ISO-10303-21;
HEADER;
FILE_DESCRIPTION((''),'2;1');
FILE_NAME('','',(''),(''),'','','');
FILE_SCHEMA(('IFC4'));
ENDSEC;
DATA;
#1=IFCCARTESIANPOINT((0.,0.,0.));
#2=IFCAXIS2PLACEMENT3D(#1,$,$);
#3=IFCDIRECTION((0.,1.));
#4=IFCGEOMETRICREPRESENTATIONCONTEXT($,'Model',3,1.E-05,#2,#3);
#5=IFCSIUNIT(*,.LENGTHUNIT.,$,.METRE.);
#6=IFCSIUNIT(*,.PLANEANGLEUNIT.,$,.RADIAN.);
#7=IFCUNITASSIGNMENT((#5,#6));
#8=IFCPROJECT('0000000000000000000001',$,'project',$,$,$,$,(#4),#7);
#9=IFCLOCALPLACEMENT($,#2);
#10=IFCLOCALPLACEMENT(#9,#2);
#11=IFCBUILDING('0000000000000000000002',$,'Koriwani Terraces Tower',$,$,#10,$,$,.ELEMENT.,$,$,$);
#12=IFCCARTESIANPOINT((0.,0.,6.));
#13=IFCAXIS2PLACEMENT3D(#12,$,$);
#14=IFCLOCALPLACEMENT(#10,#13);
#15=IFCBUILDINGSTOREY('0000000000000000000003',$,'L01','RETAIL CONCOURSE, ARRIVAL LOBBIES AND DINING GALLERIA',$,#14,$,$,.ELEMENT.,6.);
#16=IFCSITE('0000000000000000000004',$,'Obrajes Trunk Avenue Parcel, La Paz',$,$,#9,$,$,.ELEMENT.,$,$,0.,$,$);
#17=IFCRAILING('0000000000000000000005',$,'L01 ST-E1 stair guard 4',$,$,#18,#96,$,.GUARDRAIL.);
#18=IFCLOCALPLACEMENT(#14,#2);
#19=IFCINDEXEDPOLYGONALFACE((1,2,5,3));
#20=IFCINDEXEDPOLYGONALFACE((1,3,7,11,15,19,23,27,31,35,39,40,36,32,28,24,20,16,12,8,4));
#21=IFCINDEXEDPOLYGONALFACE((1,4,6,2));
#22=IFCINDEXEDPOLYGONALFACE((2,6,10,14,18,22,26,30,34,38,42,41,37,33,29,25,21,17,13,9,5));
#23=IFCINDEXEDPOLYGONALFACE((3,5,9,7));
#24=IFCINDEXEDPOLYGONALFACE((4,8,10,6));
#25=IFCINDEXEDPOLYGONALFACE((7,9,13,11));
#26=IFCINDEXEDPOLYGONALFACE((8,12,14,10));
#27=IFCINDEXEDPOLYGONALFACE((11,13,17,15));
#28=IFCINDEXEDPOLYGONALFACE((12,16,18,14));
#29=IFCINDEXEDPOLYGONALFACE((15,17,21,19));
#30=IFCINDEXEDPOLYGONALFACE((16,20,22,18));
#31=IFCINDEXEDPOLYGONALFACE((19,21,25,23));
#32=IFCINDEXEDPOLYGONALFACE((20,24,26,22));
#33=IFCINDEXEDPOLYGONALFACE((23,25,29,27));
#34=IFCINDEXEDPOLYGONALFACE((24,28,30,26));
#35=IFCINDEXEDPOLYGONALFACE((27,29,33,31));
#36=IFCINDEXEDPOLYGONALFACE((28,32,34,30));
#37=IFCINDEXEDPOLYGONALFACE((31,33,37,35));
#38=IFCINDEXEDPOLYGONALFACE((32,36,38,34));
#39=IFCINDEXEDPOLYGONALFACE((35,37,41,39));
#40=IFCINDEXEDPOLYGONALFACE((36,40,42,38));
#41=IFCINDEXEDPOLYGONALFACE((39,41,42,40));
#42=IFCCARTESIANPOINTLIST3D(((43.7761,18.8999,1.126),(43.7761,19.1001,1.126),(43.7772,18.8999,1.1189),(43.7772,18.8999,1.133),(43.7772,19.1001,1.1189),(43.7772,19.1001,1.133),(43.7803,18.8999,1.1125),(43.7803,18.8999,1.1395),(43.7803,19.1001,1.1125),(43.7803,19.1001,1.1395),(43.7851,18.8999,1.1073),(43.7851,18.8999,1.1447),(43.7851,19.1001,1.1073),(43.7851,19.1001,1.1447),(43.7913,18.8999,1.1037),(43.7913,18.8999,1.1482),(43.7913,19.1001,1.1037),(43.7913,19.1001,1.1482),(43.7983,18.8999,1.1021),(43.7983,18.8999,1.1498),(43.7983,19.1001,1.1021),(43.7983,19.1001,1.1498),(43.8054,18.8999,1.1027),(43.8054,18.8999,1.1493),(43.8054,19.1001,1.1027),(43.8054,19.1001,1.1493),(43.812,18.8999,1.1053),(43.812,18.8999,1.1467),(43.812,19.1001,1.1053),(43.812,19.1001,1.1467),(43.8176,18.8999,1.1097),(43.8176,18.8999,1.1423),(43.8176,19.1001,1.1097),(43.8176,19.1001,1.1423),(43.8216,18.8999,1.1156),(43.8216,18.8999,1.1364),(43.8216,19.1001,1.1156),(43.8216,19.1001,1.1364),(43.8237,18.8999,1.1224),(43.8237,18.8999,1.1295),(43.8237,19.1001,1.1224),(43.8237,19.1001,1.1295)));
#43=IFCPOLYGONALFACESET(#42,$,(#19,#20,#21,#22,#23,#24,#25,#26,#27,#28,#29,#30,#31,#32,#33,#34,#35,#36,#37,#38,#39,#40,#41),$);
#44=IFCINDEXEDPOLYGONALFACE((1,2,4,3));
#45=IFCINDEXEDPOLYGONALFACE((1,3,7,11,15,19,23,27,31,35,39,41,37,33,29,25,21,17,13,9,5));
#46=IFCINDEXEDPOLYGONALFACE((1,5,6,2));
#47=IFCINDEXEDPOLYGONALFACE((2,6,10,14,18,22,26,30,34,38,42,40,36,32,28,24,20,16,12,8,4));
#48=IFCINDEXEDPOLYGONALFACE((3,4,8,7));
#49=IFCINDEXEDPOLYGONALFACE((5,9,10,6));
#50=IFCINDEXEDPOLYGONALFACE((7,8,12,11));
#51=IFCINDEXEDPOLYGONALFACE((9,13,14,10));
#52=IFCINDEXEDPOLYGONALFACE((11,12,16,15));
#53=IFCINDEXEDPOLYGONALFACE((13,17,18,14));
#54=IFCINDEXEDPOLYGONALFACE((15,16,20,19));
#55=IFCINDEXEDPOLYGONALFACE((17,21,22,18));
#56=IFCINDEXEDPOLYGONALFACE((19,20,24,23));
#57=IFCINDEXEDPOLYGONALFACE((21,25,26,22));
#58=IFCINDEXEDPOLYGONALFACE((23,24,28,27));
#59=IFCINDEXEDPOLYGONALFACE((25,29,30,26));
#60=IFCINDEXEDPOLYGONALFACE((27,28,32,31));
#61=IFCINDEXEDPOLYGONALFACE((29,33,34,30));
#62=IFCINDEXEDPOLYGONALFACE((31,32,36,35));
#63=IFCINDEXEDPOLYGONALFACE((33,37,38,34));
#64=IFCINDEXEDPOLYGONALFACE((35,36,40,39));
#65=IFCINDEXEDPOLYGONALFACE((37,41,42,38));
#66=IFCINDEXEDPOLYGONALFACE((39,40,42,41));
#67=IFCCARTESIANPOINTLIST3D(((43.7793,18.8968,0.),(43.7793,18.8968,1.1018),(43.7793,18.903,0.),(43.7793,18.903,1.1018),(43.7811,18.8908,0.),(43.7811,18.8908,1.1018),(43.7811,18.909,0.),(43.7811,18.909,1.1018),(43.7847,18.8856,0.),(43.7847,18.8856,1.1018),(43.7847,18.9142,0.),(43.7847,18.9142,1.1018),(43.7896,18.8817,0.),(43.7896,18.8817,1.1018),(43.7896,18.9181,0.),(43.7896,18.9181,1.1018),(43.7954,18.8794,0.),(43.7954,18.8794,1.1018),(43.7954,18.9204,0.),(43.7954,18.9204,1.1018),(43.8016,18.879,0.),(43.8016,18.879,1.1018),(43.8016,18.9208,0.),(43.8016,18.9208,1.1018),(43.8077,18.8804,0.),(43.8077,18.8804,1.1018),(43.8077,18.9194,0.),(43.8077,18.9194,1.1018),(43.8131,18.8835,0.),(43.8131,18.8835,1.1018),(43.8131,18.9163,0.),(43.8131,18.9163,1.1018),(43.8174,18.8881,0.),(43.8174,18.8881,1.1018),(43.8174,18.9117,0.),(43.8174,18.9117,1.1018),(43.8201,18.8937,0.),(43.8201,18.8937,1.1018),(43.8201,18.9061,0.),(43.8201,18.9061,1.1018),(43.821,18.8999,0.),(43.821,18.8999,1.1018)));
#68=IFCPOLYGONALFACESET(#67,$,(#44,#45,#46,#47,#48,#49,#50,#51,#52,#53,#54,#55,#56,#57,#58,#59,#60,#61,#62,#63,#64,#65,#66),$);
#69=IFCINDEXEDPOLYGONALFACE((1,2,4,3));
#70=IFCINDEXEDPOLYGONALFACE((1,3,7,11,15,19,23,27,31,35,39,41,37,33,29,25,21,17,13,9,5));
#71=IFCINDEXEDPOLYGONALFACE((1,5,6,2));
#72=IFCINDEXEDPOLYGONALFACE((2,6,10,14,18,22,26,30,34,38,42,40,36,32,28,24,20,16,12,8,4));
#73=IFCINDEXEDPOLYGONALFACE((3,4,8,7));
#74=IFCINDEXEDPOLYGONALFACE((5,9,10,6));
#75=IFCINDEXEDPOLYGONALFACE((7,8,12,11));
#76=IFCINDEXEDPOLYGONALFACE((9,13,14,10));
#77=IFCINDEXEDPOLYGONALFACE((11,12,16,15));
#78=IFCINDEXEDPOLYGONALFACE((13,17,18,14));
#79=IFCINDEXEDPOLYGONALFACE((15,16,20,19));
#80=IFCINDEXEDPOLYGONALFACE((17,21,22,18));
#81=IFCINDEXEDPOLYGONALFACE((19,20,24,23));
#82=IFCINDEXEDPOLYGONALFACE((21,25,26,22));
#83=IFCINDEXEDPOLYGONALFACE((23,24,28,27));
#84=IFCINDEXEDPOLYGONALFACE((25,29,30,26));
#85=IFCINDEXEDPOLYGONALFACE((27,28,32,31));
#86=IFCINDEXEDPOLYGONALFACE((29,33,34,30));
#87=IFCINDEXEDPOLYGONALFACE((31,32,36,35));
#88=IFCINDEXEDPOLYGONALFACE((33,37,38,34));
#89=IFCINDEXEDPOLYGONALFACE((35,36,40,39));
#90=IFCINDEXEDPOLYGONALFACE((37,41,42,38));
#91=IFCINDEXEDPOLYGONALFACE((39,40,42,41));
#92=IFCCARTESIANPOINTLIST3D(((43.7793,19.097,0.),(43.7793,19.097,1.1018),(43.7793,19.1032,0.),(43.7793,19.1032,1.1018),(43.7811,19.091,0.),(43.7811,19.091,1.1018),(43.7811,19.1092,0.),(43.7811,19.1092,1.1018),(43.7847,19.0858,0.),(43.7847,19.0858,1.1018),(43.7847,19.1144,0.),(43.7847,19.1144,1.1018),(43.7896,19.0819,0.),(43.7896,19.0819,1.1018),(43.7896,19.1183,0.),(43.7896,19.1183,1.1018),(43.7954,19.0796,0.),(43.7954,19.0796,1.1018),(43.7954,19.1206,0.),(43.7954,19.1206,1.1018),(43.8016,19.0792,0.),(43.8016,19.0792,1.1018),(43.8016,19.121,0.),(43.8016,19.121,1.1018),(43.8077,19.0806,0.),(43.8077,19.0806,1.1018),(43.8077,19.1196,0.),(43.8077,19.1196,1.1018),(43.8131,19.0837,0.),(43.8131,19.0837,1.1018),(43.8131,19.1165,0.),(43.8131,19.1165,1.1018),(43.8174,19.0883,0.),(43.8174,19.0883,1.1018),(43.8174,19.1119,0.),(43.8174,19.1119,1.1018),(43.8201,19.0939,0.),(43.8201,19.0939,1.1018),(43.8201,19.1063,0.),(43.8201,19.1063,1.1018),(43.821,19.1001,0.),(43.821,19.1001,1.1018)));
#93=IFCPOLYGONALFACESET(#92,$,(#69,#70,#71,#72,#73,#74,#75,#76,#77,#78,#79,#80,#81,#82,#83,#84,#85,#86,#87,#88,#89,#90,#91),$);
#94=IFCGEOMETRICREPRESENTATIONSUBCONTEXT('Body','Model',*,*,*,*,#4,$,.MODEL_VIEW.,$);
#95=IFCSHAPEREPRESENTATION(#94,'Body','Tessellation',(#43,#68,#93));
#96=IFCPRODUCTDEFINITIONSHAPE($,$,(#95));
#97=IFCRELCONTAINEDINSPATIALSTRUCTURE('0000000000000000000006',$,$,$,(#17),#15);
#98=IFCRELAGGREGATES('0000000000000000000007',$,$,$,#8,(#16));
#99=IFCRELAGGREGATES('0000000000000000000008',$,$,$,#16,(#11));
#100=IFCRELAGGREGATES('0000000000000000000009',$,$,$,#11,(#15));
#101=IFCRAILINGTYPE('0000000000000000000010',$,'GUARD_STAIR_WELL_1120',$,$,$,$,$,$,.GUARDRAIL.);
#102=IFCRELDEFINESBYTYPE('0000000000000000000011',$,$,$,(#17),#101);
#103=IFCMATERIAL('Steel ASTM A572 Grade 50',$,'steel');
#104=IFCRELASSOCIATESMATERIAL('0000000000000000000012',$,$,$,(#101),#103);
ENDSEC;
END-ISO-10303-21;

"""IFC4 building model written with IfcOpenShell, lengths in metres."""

from ifc_helpers import new_model, si_unit, direction, frame, origin, origin_2d, place, context, subcontext, project, spatial, circle, extrude, material, type_object, element, save


model = new_model("IFC4")

# Units and contexts
model_context = context("Model", 3, precision=1e-05, world=origin(), true_north=direction((0.0, 1.0)))
body_context = subcontext(model_context, "Body", "Model", "MODEL_VIEW")
ifc_project = project(units=[si_unit("LENGTHUNIT", "METRE"), si_unit("PLANEANGLEUNIT", "RADIAN")], contexts=[model_context])

# Site, building, storey
site_placement = place(None, origin())
site = spatial("IfcSite", under=ifc_project, at=site_placement, Name="Obrajes Trunk Avenue Parcel, La Paz", CompositionType="ELEMENT", RefElevation=0.0)
building_placement = place(site_placement, origin())
building = spatial("IfcBuilding", under=site, at=building_placement, Name="Koriwani Terraces Tower", CompositionType="ELEMENT")
storey_placement = place(building_placement, frame((0.0, 0.0, 6.0)))
storey = spatial("IfcBuildingStorey", under=building, at=storey_placement, Name="L01", Description="RETAIL CONCOURSE, ARRIVAL LOBBIES AND DINING GALLERIA", CompositionType="ELEMENT", Elevation=6.0)

# Shared definitions
ifc_material_1 = material(Name="Steel ASTM A572 Grade 50", Category="steel")

# Railing
railing_type_1 = type_object("IfcRailingType", Name="GUARD_STAIR_WELL_1120", PredefinedType="GUARDRAIL", material=ifc_material_1)
railing_1_placement = place(storey_placement, frame((43.8, 18.8999, 0.0)))
element("IfcRailing", 1, at=railing_1_placement, inside=storey, type_object=railing_type_1, Name="L01 ST-E1 stair guard 4", PredefinedType="GUARDRAIL", context=body_context, shape_type="SweptSolid", body=[
    extrude(circle(Radius=0.0239, at=origin_2d()), frame((0.0, 0.0, 1.126), z_axis=(0.0, 1.0, 0.0), x_axis=(-1.0, 0.0, 0.0)), (0.0, 0.0, 1.0), 0.2002),
    extrude(circle(Radius=0.021, at=origin_2d()), origin(), (0.0, 0.0, 1.0), 1.1018),
    extrude(circle(Radius=0.021, at=origin_2d()), frame((0.0, 0.2002, 0.0)), (0.0, 0.0, 1.0), 1.1018),
])

save(model, "model.ifc")
